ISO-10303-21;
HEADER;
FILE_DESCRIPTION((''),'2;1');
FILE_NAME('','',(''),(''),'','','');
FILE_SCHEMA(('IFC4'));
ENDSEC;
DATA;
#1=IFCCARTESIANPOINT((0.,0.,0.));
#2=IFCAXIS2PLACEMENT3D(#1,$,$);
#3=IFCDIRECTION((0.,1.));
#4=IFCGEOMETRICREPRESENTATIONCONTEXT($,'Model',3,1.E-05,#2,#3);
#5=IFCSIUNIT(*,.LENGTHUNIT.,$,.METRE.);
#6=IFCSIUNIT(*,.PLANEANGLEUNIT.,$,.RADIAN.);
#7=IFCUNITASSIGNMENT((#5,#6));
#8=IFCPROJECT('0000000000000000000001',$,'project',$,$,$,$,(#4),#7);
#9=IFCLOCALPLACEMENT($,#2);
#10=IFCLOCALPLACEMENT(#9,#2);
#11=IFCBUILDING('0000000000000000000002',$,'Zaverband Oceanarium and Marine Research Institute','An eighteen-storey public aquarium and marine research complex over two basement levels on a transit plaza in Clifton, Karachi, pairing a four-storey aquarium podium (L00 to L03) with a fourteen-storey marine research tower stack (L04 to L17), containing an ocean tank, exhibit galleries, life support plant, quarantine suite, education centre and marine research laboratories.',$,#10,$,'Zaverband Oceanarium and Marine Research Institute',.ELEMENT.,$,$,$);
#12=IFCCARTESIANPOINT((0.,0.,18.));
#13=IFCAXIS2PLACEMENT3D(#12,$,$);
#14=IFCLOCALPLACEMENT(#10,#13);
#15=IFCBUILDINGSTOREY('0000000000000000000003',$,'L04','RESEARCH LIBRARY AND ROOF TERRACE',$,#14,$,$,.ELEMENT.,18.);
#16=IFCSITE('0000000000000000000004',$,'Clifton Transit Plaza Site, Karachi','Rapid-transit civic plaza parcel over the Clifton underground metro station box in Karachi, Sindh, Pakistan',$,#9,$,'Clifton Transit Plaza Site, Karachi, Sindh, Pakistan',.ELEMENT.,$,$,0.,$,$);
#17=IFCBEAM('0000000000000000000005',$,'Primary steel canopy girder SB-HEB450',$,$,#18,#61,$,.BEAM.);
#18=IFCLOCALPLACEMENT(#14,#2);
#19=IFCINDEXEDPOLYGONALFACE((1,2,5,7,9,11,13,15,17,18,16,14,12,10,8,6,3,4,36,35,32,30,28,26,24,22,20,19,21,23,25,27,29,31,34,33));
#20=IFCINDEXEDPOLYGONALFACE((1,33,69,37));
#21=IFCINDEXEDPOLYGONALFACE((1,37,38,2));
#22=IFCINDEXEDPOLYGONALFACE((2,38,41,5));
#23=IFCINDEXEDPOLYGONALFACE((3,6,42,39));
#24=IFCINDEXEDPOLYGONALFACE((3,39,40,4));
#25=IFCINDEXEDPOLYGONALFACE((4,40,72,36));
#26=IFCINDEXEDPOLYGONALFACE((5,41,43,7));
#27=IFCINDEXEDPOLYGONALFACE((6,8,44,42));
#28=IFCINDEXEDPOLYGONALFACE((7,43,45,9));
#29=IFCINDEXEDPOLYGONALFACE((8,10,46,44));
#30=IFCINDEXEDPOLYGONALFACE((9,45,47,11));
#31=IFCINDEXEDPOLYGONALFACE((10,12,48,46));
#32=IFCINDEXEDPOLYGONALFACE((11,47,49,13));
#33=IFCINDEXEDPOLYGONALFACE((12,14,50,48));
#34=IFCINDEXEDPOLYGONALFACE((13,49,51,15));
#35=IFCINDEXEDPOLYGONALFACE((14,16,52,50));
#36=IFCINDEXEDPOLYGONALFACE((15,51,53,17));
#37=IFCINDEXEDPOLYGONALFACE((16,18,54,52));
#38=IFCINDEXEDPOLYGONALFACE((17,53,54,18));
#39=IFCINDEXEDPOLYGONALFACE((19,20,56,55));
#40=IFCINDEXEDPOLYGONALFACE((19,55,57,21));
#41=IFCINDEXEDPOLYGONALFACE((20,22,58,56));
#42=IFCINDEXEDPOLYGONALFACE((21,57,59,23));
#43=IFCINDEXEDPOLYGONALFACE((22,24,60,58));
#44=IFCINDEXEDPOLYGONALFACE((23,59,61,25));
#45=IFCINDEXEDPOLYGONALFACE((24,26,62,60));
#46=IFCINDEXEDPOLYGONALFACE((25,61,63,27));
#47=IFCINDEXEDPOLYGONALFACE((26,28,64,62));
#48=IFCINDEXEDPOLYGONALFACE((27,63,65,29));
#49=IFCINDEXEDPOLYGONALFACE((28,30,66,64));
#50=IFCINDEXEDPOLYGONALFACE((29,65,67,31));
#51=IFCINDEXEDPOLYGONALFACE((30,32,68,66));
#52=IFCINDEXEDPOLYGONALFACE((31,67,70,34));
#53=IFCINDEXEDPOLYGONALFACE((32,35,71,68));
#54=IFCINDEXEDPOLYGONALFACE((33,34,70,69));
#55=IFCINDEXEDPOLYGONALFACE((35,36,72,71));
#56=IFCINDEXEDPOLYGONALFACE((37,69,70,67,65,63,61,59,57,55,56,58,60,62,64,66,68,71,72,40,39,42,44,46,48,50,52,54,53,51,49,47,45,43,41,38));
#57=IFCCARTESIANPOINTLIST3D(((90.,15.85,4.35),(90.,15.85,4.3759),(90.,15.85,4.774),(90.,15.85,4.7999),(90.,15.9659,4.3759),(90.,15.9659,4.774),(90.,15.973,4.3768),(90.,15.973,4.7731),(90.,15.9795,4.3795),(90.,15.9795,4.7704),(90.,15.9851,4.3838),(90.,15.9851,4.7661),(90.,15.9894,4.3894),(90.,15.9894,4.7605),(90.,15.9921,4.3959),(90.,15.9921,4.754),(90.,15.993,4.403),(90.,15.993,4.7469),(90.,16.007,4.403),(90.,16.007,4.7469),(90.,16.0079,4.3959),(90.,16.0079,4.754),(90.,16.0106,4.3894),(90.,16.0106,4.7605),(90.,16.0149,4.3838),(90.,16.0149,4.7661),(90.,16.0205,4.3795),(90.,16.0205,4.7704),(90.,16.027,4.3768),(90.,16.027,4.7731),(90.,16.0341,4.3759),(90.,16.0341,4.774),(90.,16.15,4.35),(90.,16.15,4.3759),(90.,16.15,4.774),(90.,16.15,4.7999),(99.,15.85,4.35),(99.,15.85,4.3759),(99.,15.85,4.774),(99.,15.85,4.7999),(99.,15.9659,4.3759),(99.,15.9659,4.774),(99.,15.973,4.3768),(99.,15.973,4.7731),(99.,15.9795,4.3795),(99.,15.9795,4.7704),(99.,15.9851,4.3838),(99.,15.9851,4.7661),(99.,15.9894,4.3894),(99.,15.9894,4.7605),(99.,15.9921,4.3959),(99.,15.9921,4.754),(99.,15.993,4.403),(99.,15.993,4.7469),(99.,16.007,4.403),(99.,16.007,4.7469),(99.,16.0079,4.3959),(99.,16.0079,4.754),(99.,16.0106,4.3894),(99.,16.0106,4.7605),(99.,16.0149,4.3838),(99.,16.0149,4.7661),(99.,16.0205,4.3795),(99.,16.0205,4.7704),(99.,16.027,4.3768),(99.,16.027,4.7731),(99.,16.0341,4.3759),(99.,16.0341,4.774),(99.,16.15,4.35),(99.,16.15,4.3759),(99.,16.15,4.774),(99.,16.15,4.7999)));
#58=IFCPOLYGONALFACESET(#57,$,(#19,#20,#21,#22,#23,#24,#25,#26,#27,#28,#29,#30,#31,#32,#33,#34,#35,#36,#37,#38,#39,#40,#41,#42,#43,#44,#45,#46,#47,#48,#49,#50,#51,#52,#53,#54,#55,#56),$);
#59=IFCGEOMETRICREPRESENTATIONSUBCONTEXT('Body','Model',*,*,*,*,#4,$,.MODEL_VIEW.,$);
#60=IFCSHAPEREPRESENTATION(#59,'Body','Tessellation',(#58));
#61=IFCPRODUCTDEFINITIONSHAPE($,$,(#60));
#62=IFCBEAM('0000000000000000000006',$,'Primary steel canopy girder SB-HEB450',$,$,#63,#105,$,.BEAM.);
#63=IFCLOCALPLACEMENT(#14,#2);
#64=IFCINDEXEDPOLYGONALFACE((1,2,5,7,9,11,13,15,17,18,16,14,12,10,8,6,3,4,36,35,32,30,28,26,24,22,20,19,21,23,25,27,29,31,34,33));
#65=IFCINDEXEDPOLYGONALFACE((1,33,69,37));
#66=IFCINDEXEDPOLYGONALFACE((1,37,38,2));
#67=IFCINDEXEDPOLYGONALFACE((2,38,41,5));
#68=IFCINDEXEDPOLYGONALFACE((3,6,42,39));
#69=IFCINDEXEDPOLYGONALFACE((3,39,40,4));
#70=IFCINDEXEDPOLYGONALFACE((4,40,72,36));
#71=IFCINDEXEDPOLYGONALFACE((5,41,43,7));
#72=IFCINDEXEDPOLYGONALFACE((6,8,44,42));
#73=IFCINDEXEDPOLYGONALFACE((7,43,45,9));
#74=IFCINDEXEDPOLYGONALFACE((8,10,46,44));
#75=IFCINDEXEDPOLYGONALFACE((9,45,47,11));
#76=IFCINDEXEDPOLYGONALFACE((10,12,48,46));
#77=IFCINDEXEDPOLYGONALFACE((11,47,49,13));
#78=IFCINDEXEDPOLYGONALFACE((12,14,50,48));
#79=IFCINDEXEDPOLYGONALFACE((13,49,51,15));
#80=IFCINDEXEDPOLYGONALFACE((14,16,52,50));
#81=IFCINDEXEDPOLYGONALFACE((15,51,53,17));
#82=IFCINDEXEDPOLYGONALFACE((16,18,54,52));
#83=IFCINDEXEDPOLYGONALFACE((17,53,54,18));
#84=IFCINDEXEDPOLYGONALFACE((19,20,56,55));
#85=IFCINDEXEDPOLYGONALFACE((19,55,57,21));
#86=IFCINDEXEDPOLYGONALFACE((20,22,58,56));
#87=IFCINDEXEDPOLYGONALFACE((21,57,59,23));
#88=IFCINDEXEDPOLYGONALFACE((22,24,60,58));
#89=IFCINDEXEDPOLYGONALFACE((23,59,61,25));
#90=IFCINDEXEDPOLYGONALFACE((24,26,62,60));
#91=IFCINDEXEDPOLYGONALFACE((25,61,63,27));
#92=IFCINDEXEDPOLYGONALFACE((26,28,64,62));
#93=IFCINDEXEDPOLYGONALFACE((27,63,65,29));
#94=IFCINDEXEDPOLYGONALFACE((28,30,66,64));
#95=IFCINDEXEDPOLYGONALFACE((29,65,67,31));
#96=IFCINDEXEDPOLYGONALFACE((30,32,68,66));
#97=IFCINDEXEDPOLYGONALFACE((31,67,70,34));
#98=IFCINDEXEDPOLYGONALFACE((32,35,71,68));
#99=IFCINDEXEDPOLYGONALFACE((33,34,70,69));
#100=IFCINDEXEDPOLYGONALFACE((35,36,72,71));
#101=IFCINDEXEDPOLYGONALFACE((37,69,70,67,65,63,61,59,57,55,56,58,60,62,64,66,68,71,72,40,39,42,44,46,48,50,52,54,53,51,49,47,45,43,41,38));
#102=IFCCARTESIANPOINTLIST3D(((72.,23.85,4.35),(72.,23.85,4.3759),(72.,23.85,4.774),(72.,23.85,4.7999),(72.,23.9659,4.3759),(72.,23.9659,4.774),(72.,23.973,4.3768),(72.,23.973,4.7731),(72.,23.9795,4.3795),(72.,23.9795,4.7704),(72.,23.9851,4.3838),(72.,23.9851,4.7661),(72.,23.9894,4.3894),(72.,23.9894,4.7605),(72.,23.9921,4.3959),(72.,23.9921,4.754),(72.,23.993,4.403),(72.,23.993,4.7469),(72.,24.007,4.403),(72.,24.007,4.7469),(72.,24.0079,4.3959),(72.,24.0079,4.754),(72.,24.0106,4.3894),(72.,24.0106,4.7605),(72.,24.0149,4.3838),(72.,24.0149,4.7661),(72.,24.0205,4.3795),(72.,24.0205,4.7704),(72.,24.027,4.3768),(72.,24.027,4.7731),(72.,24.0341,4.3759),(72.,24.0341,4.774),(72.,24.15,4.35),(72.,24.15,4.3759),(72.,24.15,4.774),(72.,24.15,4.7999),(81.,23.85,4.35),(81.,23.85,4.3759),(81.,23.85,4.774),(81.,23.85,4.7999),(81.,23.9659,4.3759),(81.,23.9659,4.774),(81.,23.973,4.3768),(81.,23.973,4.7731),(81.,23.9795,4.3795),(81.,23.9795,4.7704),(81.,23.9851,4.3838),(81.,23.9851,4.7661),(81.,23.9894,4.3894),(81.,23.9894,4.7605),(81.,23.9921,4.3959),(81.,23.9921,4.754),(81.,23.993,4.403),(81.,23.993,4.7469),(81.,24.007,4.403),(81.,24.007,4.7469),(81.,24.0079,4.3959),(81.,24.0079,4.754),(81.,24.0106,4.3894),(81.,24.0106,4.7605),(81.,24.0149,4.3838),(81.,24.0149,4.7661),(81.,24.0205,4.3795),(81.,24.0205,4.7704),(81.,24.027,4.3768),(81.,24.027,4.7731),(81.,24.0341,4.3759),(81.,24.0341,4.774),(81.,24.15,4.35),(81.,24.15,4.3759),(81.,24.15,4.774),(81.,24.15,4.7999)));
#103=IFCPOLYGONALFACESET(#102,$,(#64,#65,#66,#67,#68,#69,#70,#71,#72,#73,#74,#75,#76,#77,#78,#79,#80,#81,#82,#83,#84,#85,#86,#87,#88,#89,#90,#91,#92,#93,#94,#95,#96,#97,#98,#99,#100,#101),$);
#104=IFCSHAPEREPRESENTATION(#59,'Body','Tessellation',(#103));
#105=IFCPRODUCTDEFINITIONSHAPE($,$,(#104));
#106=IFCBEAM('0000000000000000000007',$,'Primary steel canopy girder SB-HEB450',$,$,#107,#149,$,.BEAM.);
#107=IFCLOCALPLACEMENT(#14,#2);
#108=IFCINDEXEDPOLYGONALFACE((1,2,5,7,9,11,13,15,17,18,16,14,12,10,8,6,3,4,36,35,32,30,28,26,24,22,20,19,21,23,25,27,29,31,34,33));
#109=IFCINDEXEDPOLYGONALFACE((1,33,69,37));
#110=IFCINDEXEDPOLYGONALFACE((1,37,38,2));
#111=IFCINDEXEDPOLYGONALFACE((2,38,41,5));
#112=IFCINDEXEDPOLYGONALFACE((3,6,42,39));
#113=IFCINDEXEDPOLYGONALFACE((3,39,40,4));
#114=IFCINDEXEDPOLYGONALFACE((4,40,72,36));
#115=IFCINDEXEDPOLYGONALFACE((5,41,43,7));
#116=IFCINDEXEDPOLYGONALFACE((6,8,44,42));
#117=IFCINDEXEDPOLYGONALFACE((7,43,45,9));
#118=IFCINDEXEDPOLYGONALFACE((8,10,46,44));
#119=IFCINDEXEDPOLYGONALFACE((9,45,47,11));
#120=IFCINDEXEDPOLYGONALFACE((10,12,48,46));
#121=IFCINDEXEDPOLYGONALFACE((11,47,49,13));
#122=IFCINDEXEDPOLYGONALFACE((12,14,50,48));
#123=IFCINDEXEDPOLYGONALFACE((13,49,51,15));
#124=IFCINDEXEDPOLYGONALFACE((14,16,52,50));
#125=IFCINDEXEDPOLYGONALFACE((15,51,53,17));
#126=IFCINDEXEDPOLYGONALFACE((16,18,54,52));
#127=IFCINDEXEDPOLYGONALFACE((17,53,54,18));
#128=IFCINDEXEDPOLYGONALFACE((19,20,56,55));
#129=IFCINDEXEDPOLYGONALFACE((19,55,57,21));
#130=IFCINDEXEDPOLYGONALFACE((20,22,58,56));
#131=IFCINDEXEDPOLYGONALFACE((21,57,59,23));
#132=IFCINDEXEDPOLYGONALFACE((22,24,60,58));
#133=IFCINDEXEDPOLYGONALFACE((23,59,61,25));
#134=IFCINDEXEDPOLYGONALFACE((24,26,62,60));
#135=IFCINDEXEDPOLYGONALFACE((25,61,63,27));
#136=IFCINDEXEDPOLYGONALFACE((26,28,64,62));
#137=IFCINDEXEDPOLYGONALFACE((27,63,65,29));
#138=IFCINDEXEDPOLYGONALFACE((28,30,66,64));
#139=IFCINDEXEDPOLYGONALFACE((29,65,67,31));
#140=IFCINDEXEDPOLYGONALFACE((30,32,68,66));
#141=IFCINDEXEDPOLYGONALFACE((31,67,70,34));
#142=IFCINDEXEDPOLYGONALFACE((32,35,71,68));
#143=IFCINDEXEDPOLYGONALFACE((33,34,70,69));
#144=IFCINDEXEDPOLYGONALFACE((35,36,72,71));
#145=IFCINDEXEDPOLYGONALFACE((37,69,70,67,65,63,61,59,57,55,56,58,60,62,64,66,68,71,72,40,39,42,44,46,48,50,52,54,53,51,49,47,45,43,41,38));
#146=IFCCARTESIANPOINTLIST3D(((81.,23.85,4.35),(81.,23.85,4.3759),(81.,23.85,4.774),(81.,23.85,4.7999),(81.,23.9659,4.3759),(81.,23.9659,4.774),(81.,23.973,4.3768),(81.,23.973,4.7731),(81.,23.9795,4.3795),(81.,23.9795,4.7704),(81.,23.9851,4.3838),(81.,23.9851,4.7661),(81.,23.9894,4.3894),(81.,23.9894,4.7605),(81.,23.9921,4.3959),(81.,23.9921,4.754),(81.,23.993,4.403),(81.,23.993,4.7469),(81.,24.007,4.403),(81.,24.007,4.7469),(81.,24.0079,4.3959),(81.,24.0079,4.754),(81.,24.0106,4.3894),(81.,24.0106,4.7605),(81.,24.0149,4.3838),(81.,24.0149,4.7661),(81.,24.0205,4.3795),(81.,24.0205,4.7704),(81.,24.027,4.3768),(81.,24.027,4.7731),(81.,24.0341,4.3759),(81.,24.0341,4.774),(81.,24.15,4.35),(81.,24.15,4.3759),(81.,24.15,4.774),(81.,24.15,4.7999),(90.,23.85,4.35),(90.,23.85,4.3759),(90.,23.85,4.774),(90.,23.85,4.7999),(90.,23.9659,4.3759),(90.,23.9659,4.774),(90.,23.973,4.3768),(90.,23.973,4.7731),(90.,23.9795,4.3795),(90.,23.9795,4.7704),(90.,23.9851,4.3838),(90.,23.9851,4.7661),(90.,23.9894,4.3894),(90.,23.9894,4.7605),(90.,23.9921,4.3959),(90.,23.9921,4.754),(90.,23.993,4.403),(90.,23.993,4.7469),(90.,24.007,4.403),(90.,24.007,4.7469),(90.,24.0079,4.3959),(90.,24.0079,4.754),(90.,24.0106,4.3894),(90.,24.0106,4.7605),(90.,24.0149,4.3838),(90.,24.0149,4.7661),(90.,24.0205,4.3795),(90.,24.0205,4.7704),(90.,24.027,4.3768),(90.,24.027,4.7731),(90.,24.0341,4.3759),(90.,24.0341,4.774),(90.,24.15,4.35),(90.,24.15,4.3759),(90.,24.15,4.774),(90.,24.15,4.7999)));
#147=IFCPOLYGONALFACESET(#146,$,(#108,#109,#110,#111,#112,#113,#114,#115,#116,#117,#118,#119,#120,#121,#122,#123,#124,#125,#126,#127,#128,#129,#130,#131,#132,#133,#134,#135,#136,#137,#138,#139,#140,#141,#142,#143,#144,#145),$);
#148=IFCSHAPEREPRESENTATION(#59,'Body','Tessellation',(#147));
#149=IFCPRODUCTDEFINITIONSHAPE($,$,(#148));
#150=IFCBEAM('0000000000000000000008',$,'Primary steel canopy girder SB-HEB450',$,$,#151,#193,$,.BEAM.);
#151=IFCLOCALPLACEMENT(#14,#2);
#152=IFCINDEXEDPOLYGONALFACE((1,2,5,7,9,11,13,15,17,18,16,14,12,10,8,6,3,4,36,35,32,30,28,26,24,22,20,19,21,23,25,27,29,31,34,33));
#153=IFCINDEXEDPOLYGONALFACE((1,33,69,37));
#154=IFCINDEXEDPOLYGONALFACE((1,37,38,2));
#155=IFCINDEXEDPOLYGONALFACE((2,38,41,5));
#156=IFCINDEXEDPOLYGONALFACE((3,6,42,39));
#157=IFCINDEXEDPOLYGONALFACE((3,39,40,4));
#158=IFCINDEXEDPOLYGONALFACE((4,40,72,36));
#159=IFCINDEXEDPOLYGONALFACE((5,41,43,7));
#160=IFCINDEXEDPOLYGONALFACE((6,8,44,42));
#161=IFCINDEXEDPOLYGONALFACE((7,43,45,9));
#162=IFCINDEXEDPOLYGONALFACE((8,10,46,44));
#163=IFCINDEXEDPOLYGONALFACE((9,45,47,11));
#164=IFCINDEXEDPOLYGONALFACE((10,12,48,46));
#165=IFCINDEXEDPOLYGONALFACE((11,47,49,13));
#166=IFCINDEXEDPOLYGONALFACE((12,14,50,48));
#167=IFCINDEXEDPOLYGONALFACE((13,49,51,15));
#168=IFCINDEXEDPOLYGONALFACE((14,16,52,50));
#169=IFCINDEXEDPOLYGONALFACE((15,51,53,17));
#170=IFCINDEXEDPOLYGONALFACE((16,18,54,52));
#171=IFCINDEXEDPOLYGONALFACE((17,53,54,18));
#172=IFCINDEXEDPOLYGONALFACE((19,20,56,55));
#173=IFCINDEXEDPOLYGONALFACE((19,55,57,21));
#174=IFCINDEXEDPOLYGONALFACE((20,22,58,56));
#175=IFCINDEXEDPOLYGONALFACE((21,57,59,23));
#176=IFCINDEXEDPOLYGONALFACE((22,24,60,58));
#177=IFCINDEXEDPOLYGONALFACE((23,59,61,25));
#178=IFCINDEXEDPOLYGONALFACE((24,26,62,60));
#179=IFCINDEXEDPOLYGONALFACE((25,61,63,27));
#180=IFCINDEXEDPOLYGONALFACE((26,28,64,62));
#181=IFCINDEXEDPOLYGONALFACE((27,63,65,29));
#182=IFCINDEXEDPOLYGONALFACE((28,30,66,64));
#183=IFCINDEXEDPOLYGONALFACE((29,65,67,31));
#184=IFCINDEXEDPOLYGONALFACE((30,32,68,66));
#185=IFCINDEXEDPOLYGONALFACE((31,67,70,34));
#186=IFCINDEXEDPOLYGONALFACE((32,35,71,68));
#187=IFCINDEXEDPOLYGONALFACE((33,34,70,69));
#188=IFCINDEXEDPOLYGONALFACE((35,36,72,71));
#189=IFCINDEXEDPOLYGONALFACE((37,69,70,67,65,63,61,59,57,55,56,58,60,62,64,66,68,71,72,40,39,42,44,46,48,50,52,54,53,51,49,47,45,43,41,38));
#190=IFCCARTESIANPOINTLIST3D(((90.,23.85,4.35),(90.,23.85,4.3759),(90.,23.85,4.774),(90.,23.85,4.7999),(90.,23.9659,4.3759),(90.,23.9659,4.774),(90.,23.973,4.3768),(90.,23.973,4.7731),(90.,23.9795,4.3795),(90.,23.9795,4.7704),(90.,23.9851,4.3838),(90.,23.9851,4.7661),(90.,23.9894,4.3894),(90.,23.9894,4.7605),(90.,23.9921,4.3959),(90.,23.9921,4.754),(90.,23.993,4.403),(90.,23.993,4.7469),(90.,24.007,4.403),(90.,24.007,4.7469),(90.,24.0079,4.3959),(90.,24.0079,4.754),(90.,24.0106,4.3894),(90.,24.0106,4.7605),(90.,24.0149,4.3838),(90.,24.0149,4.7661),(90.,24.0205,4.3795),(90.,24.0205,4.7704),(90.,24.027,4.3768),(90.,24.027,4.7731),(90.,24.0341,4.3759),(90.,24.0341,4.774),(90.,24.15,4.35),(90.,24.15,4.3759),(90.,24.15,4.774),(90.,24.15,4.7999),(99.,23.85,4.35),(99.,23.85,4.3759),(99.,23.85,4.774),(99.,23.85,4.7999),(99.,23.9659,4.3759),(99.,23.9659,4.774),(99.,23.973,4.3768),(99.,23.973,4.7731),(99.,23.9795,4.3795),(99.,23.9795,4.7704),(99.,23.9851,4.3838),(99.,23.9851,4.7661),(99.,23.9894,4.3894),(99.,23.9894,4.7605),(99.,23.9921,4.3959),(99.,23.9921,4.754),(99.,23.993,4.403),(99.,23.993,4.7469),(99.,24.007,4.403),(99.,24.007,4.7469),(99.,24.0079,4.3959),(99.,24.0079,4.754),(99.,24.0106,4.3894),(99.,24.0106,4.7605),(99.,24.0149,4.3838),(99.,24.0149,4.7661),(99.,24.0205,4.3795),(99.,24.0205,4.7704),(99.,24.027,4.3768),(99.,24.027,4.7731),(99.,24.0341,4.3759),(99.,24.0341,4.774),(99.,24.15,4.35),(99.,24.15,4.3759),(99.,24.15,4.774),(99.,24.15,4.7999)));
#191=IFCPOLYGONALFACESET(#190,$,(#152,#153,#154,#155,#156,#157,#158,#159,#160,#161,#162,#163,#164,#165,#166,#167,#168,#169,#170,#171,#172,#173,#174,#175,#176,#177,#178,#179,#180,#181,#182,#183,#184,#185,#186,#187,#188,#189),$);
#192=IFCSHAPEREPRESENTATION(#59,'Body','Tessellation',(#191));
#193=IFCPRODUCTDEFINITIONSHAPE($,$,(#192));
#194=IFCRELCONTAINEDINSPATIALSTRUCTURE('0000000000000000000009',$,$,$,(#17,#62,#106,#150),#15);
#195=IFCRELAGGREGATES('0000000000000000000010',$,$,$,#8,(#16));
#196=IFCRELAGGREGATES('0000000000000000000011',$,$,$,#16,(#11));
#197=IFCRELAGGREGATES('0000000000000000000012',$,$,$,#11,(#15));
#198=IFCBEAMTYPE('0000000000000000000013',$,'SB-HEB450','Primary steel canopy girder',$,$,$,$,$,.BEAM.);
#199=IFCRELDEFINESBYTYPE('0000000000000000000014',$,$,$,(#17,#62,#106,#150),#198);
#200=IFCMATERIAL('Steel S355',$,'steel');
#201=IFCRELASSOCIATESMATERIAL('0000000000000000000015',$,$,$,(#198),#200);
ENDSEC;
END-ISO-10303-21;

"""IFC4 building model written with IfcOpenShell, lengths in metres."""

from ifc_helpers import new_model, si_unit, direction, frame, origin, origin_2d, place, context, subcontext, project, spatial, i_section, extrude, material, material_profile, profile_set, type_object, element, save


model = new_model("IFC4")

# Units and contexts
model_context = context("Model", 3, precision=1e-05, world=origin(), true_north=direction((0.0, 1.0)))
body_context = subcontext(model_context, "Body", "Model", "MODEL_VIEW")
ifc_project = project(units=[si_unit("LENGTHUNIT", "METRE"), si_unit("PLANEANGLEUNIT", "RADIAN")], contexts=[model_context])

# Site, building, storey
site_placement = place(None, origin())
site = spatial("IfcSite", under=ifc_project, at=site_placement, Name="Clifton Transit Plaza Site, Karachi", Description="Rapid-transit civic plaza parcel over the Clifton underground metro station box in Karachi, Sindh, Pakistan", LongName="Clifton Transit Plaza Site, Karachi, Sindh, Pakistan", CompositionType="ELEMENT", RefElevation=0.0)
building_placement = place(site_placement, origin())
building = spatial("IfcBuilding", under=site, at=building_placement, Name="Zaverband Oceanarium and Marine Research Institute", Description="An eighteen-storey public aquarium and marine research complex over two basement levels on a transit plaza in Clifton, Karachi, pairing a four-storey aquarium podium (L00 to L03) with a fourteen-storey marine research tower stack (L04 to L17), containing an ocean tank, exhibit galleries, life support plant, quarantine suite, education centre and marine research laboratories.", LongName="Zaverband Oceanarium and Marine Research Institute", CompositionType="ELEMENT")
storey_placement = place(building_placement, frame((0.0, 0.0, 18.0)))
storey = spatial("IfcBuildingStorey", under=building, at=storey_placement, Name="L04", Description="RESEARCH LIBRARY AND ROOF TERRACE", CompositionType="ELEMENT", Elevation=18.0)

# Beams
ifc_material_1 = material(Name="Steel S355", Category="steel")
ifc_material_profile_1 = material_profile(ifc_material_1, i_section(OverallWidth=0.3, OverallDepth=0.45, WebThickness=0.0139, FlangeThickness=0.0259, FilletRadius=0.0271, at=origin_2d()), Name="HEB450")
ifc_profile_set_1 = profile_set([ifc_material_profile_1], Name="Steel S355")
beam_type_1 = type_object("IfcBeamType", Name="SB-HEB450", Description="Primary steel canopy girder", PredefinedType="BEAM", material=ifc_profile_set_1)
for number, where, z_axis, x_axis, name in (
    (1, (90.0, 16.0, 4.575), (1.0, 0.0, 0.0), (0.0, 1.0, 0.0), "Primary steel canopy girder SB-HEB450"),
    (2, (72.0, 24.0, 4.575), (1.0, 0.0, 0.0), (0.0, 1.0, 0.0), "Primary steel canopy girder SB-HEB450"),
    (3, (81.0, 24.0, 4.575), (1.0, 0.0, 0.0), (0.0, 1.0, 0.0), "Primary steel canopy girder SB-HEB450"),
    (4, (90.0, 24.0, 4.575), (1.0, 0.0, 0.0), (0.0, 1.0, 0.0), "Primary steel canopy girder SB-HEB450"),
):
    element("IfcBeam", number, at=place(storey_placement, frame(where, z_axis=z_axis, x_axis=x_axis)), inside=storey, type_object=beam_type_1, Name=name, PredefinedType="BEAM", context=body_context, shape_type="SweptSolid", body=[
        extrude(i_section(OverallWidth=0.3, OverallDepth=0.45, WebThickness=0.0139, FlangeThickness=0.0259, FilletRadius=0.0271, at=origin_2d()), origin(), (0.0, 0.0, 1.0), 9.0),
    ])

save(model, "model.ifc")
